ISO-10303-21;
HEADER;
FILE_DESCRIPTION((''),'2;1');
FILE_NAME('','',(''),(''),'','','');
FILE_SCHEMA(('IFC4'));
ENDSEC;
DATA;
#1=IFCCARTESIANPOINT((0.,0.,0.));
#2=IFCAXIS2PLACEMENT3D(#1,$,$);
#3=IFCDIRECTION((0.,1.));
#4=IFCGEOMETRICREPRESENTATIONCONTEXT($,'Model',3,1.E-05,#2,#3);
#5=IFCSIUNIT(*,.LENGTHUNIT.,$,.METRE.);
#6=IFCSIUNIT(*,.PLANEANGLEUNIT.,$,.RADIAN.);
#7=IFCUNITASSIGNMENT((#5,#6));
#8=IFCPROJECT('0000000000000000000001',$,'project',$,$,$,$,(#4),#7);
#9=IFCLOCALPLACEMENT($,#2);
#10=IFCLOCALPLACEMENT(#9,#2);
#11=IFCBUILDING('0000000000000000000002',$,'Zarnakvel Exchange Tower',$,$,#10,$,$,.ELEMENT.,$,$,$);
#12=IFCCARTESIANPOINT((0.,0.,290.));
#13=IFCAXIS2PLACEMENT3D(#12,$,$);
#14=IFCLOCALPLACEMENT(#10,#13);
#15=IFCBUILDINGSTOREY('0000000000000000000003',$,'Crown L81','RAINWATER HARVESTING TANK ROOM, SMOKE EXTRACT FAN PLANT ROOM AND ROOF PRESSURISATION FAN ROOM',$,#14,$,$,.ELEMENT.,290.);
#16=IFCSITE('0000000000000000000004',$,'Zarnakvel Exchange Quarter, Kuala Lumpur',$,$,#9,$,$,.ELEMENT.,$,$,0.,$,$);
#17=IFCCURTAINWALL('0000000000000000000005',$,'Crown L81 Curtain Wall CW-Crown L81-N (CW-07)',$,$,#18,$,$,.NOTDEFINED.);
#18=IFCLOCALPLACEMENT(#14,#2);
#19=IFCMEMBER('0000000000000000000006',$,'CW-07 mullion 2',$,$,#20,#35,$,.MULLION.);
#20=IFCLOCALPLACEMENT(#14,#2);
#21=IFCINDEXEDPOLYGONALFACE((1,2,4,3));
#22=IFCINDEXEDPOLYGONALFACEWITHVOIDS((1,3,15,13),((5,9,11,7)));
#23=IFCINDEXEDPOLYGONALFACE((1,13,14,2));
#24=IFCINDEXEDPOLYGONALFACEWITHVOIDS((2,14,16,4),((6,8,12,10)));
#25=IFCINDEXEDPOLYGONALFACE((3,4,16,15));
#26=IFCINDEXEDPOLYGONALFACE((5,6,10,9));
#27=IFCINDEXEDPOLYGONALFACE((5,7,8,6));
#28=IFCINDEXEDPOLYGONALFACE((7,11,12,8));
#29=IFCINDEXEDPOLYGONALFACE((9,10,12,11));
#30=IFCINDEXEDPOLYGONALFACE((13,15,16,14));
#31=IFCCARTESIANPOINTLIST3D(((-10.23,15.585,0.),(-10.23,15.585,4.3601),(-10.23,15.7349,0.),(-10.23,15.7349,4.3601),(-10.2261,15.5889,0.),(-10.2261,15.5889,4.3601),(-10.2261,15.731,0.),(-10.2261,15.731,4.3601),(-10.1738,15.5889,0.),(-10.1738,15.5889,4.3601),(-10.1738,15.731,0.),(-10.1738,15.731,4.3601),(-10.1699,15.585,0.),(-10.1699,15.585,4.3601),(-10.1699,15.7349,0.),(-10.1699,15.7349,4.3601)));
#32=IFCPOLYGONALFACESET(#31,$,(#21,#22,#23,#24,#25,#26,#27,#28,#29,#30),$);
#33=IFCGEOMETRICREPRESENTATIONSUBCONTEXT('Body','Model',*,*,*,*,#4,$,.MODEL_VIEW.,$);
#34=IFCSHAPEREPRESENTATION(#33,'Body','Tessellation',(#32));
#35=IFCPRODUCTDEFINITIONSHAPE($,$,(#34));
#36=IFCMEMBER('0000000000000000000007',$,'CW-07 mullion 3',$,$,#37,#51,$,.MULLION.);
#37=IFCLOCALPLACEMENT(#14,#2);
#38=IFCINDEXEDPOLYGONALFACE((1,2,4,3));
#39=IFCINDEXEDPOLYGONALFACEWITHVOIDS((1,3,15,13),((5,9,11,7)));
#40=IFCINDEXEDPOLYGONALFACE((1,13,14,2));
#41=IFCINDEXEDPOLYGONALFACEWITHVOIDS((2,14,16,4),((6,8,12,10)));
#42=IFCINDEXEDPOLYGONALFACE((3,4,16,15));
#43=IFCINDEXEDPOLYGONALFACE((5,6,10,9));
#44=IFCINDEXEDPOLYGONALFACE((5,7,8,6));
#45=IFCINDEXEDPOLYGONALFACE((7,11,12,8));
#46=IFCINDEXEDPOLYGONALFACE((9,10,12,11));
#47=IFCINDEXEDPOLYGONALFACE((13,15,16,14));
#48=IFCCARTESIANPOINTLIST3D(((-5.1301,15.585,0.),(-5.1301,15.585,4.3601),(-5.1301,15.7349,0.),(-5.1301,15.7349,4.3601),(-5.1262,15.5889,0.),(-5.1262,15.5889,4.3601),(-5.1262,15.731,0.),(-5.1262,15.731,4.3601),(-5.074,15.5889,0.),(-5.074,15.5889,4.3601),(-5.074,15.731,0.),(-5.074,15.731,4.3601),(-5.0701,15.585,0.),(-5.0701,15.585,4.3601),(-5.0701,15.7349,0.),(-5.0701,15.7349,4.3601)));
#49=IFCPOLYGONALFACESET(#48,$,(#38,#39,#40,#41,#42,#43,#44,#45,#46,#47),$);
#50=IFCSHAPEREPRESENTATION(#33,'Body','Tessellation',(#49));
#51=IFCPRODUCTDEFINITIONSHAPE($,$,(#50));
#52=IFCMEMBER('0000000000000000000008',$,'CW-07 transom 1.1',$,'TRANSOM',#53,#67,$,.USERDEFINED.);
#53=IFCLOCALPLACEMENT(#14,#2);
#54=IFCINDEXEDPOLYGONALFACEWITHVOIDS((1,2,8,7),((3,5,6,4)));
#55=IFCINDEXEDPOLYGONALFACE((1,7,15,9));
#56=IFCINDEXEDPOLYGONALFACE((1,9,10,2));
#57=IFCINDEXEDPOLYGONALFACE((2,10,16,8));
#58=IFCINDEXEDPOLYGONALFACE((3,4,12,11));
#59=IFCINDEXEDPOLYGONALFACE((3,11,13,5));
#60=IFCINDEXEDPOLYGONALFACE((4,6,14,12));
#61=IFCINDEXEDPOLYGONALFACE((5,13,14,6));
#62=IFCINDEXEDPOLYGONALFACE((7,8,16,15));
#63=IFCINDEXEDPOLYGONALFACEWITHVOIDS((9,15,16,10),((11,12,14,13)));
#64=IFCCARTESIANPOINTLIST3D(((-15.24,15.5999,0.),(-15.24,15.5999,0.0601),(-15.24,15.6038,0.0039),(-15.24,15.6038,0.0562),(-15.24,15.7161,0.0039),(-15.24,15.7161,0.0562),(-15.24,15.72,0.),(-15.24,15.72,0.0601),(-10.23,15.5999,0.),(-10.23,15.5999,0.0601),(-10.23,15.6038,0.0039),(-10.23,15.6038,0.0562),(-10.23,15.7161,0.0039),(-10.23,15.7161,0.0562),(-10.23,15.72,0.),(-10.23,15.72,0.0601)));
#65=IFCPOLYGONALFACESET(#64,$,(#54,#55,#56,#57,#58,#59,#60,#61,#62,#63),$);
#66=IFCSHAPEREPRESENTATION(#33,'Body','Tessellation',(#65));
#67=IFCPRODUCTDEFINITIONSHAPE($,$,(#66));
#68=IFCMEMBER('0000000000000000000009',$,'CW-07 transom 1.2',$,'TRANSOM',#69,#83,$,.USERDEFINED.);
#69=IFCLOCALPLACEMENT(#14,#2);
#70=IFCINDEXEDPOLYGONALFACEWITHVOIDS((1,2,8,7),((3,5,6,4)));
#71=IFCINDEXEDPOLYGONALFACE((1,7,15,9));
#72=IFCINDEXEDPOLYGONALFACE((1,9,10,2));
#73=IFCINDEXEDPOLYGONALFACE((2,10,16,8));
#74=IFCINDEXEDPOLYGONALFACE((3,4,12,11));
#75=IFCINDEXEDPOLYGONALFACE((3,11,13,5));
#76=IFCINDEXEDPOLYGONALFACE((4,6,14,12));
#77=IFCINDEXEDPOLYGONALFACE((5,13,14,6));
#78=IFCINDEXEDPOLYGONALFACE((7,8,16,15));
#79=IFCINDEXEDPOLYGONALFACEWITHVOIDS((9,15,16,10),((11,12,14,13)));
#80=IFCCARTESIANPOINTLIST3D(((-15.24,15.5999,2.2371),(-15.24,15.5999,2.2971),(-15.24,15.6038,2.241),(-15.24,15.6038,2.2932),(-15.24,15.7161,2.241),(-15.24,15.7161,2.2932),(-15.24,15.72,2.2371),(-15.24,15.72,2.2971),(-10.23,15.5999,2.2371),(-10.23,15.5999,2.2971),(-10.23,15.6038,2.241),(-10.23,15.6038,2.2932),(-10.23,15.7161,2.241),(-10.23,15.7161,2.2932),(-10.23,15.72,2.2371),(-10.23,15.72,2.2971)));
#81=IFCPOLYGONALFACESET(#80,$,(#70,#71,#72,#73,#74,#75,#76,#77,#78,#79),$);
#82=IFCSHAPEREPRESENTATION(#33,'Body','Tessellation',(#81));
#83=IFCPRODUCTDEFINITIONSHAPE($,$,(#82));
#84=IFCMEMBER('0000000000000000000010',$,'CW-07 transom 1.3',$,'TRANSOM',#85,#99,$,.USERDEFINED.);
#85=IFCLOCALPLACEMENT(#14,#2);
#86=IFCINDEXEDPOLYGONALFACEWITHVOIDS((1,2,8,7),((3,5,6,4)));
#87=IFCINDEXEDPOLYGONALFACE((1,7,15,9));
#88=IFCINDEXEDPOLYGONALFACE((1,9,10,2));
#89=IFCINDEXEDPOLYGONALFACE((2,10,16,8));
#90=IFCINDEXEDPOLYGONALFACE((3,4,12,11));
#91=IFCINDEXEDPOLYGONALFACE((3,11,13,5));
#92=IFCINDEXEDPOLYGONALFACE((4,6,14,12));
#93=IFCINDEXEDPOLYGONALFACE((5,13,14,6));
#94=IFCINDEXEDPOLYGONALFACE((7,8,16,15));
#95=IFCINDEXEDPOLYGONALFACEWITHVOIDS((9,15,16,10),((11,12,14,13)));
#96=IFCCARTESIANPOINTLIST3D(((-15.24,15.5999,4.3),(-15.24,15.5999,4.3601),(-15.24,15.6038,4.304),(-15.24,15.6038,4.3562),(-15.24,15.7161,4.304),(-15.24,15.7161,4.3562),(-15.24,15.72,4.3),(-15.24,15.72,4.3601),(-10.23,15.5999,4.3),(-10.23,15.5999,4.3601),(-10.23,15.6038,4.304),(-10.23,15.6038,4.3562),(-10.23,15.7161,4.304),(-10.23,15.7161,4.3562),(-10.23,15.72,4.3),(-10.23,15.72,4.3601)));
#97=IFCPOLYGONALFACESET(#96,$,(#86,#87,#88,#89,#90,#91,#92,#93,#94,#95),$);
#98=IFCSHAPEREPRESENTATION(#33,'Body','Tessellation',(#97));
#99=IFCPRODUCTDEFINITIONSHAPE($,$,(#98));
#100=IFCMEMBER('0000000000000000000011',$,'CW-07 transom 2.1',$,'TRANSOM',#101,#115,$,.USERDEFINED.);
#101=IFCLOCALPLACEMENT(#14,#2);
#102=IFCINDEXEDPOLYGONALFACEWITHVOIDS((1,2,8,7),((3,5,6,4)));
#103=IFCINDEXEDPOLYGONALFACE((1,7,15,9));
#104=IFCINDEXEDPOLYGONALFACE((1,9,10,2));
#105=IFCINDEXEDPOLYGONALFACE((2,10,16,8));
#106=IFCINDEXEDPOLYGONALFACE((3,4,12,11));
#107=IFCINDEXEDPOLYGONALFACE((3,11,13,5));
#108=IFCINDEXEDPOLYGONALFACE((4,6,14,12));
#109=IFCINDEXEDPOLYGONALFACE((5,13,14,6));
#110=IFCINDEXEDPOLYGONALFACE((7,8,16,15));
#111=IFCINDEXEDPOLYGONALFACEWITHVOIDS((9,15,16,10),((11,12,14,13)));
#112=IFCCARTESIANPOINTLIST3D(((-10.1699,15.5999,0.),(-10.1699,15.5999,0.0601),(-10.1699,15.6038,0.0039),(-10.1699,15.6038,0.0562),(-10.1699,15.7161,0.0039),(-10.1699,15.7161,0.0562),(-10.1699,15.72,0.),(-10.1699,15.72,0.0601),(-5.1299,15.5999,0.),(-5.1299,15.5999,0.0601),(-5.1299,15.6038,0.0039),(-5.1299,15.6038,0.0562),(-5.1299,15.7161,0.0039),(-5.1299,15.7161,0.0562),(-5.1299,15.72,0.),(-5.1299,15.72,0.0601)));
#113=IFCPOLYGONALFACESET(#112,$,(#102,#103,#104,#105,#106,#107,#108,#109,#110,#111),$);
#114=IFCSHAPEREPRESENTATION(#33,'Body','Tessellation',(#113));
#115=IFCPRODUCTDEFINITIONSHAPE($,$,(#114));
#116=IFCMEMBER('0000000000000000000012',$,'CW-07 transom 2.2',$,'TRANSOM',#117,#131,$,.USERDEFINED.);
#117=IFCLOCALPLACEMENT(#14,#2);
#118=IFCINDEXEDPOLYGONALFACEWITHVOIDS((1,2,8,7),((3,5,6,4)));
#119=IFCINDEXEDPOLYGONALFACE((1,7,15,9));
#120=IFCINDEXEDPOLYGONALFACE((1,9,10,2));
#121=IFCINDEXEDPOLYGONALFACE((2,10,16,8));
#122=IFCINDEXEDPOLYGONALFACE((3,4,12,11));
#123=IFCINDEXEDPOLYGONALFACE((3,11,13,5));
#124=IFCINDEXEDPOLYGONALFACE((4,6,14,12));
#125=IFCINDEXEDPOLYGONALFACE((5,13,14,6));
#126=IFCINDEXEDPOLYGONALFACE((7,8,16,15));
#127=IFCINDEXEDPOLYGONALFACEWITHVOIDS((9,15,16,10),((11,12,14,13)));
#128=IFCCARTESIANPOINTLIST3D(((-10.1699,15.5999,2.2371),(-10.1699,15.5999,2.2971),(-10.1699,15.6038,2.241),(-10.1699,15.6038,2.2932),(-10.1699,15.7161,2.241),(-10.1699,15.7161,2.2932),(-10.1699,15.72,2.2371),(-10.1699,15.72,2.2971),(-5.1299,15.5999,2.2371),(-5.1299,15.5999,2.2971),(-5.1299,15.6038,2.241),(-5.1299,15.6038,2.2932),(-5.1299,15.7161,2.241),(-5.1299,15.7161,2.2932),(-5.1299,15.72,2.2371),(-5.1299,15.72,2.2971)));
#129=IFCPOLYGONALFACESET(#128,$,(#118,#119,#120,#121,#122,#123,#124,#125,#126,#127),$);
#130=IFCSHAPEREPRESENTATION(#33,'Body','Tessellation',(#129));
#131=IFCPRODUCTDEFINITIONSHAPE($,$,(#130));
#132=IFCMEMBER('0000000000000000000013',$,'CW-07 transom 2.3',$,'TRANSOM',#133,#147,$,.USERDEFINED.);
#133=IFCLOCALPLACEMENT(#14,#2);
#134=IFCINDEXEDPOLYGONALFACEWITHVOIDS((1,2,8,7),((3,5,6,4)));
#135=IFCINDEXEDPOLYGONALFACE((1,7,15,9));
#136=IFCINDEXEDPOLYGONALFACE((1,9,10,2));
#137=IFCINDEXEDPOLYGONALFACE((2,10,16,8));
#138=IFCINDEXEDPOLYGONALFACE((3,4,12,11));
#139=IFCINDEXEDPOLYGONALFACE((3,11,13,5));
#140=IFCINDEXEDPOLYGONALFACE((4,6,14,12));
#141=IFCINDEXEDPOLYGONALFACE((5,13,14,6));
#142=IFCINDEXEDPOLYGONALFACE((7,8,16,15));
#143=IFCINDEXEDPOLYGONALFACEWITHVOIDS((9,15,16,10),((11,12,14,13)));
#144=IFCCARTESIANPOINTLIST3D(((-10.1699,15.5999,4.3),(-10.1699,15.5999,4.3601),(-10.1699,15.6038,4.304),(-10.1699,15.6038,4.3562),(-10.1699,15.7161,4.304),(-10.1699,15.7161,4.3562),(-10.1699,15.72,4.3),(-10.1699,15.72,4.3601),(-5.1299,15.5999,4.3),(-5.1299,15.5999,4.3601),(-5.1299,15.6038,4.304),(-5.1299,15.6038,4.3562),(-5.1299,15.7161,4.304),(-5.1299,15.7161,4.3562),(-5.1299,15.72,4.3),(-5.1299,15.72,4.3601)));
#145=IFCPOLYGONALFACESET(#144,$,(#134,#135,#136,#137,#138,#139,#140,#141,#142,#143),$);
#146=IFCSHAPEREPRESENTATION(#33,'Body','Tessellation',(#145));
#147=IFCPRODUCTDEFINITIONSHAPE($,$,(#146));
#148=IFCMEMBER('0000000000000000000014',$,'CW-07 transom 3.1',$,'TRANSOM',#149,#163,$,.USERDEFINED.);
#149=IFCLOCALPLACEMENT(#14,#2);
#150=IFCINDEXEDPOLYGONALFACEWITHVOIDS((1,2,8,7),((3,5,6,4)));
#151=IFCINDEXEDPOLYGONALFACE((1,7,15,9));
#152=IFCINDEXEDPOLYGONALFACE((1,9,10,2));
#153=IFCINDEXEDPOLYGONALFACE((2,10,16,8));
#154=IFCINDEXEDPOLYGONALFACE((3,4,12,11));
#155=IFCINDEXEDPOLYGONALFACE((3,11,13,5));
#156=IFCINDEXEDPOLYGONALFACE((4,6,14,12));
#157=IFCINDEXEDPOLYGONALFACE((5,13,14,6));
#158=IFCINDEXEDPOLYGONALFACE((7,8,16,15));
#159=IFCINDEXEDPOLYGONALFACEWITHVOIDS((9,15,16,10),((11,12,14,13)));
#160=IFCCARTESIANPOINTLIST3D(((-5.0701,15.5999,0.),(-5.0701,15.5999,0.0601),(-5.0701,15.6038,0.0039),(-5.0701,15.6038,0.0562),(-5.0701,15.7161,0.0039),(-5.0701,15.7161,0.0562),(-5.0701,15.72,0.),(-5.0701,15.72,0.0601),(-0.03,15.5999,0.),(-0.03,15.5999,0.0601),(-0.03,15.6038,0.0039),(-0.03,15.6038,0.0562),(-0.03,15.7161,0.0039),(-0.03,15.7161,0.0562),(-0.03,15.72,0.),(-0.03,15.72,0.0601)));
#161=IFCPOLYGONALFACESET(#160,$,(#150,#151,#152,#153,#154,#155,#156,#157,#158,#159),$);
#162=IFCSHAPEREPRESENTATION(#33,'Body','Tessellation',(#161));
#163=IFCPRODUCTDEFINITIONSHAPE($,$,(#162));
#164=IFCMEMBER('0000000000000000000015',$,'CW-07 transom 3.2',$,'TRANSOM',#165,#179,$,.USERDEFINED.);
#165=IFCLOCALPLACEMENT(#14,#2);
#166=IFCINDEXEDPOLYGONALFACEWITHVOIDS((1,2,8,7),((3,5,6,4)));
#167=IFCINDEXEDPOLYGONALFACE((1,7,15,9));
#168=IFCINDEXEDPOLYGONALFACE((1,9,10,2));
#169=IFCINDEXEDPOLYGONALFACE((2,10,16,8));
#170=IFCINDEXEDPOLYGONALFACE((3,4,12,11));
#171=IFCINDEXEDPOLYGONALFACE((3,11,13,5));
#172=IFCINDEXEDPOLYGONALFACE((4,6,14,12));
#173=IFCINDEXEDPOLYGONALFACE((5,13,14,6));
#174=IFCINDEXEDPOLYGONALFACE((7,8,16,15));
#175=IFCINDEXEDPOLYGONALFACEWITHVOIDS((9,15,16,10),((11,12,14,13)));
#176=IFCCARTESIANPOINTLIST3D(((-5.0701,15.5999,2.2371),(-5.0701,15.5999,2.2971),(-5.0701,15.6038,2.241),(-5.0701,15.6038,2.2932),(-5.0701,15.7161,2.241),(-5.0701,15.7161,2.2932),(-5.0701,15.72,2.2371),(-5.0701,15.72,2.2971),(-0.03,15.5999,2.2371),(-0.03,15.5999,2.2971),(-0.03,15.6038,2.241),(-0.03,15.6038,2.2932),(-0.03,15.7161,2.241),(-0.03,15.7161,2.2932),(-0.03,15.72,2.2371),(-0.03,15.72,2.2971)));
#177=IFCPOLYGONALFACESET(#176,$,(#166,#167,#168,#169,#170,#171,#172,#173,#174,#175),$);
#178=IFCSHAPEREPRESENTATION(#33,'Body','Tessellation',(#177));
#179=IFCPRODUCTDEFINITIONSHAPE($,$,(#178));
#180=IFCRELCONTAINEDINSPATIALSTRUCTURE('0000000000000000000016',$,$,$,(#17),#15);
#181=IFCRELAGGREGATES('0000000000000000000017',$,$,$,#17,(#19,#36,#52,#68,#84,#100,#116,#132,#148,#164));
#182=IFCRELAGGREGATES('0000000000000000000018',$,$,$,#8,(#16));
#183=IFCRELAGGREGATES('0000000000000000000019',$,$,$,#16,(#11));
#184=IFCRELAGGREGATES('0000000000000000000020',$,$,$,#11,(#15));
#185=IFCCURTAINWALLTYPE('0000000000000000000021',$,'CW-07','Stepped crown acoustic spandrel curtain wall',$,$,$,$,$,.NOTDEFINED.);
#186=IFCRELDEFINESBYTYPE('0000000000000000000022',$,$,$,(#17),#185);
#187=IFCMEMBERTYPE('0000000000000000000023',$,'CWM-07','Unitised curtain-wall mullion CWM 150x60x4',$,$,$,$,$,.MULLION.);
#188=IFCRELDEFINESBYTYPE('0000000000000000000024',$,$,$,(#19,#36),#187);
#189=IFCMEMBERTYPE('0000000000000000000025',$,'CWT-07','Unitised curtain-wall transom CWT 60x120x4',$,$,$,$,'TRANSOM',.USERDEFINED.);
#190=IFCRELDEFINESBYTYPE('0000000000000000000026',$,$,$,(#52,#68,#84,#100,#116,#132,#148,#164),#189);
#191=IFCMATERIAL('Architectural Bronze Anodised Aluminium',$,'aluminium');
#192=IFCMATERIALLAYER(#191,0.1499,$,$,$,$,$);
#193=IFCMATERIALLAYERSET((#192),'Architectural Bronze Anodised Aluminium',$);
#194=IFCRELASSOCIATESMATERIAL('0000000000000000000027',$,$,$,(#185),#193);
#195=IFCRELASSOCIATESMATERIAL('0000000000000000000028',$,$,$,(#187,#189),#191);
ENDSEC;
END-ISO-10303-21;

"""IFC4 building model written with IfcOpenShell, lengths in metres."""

from ifc_helpers import new_model, si_unit, direction, frame, origin, origin_2d, place, context, subcontext, project, spatial, hollow_rectangle, extrude, source, transform, mapped, material, layer, layer_set, material_profile, profile_set, type_object, element, aggregate, save


model = new_model("IFC4")

# Units and contexts
model_context = context("Model", 3, precision=1e-05, world=origin(), true_north=direction((0.0, 1.0)))
body_context = subcontext(model_context, "Body", "Model", "MODEL_VIEW")
ifc_project = project(units=[si_unit("LENGTHUNIT", "METRE"), si_unit("PLANEANGLEUNIT", "RADIAN")], contexts=[model_context])

# Site, building, storey
site_placement = place(None, origin())
site = spatial("IfcSite", under=ifc_project, at=site_placement, Name="Zarnakvel Exchange Quarter, Kuala Lumpur", CompositionType="ELEMENT", RefElevation=0.0)
building_placement = place(site_placement, origin())
building = spatial("IfcBuilding", under=site, at=building_placement, Name="Zarnakvel Exchange Tower", CompositionType="ELEMENT")
storey_placement = place(building_placement, frame((0.0, 0.0, 290.0)))
storey = spatial("IfcBuildingStorey", under=building, at=storey_placement, Name="Crown L81", Description="RAINWATER HARVESTING TANK ROOM, SMOKE EXTRACT FAN PLANT ROOM AND ROOF PRESSURISATION FAN ROOM", CompositionType="ELEMENT", Elevation=290.0)

# Curtain wall, members
ifc_material_1 = material(Name="Architectural Bronze Anodised Aluminium", Category="aluminium")
ifc_layer_1 = layer(ifc_material_1, 0.1499)
ifc_layer_set_1 = layer_set([ifc_layer_1], Name="Architectural Bronze Anodised Aluminium")
curtain_wall_type = type_object("IfcCurtainWallType", Name="CW-07", Description="Stepped crown acoustic spandrel curtain wall", PredefinedType="NOTDEFINED", material=ifc_layer_set_1)
curtain_wall_placement = place(storey_placement, origin())
curtain_wall = element("IfcCurtainWall", 1, at=curtain_wall_placement, inside=storey, type_object=curtain_wall_type, Name="Crown L81 Curtain Wall CW-Crown L81-N (CW-07)", PredefinedType="NOTDEFINED")
ifc_material_profile_1 = material_profile(ifc_material_1, hollow_rectangle(XDim=0.1499, YDim=0.0601, WallThickness=0.0039, at=origin_2d()))
ifc_profile_set_1 = profile_set([ifc_material_profile_1], Name="Architectural Bronze Anodised Aluminium")
member_type_1 = type_object("IfcMemberType", Name="CWM-07", Description="Unitised curtain-wall mullion CWM 150x60x4", PredefinedType="MULLION", material=ifc_profile_set_1)
shared_shape_1 = source(origin(), body_context, "Body", "SweptSolid", [
    extrude(hollow_rectangle(XDim=0.1499, YDim=0.0601, WallThickness=0.0039, at=origin_2d()), origin(), (0.0, 0.0, 1.0), 4.3601),
])
member_1_placement = place(storey_placement, frame((-10.2, 15.6599, 0.0), z_axis=(0.0, 0.0, 1.0), x_axis=(0.0, 1.0, 0.0)))
member_1 = element("IfcMember", 2, at=member_1_placement, type_object=member_type_1, Name="CW-07 mullion 2", PredefinedType="MULLION", context=body_context, shape_type="MappedRepresentation", body=[
    mapped(shared_shape_1, transform((0.0, 0.0, 0.0), x_axis=(1.0, 0.0, 0.0), y_axis=(0.0, 1.0, 0.0), z_axis=(0.0, 0.0, 1.0), scale=1.0)),
])
member_2_placement = place(storey_placement, frame((-5.1001, 15.6599, 0.0), z_axis=(0.0, 0.0, 1.0), x_axis=(0.0, 1.0, 0.0)))
member_2 = element("IfcMember", 3, at=member_2_placement, type_object=member_type_1, Name="CW-07 mullion 3", PredefinedType="MULLION", context=body_context, shape_type="MappedRepresentation", body=[
    mapped(shared_shape_1, transform((0.0, 0.0, 0.0), x_axis=(1.0, 0.0, 0.0), y_axis=(0.0, 1.0, 0.0), z_axis=(0.0, 0.0, 1.0), scale=1.0)),
])
ifc_material_profile_2 = material_profile(ifc_material_1, hollow_rectangle(XDim=0.1201, YDim=0.0601, WallThickness=0.0039, at=origin_2d()))
ifc_profile_set_2 = profile_set([ifc_material_profile_2], Name="Architectural Bronze Anodised Aluminium")
member_type_2 = type_object("IfcMemberType", Name="CWT-07", Description="Unitised curtain-wall transom CWT 60x120x4", ElementType="TRANSOM", PredefinedType="USERDEFINED", material=ifc_profile_set_2)
shared_shape_2 = source(origin(), body_context, "Body", "SweptSolid", [
    extrude(hollow_rectangle(XDim=0.1201, YDim=0.0601, WallThickness=0.0039, at=origin_2d()), origin(), (0.0, 0.0, 1.0), 5.01),
])
member_3_placement = place(storey_placement, frame((-15.24, 15.6599, 0.03), z_axis=(1.0, 0.0, 0.0), x_axis=(0.0, 1.0, 0.0)))
member_3 = element("IfcMember", 4, at=member_3_placement, type_object=member_type_2, Name="CW-07 transom 1.1", ObjectType="TRANSOM", PredefinedType="USERDEFINED", context=body_context, shape_type="MappedRepresentation", body=[
    mapped(shared_shape_2, transform((0.0, 0.0, 0.0), x_axis=(1.0, 0.0, 0.0), y_axis=(0.0, 1.0, 0.0), z_axis=(0.0, 0.0, 1.0), scale=1.0)),
])
member_4_placement = place(storey_placement, frame((-15.24, 15.6599, 2.2671), z_axis=(1.0, 0.0, 0.0), x_axis=(0.0, 1.0, 0.0)))
member_4 = element("IfcMember", 5, at=member_4_placement, type_object=member_type_2, Name="CW-07 transom 1.2", ObjectType="TRANSOM", PredefinedType="USERDEFINED", context=body_context, shape_type="MappedRepresentation", body=[
    mapped(shared_shape_2, transform((0.0, 0.0, 0.0), x_axis=(1.0, 0.0, 0.0), y_axis=(0.0, 1.0, 0.0), z_axis=(0.0, 0.0, 1.0), scale=1.0)),
])
member_5_placement = place(storey_placement, frame((-15.24, 15.6599, 4.3301), z_axis=(1.0, 0.0, 0.0), x_axis=(0.0, 1.0, 0.0)))
member_5 = element("IfcMember", 6, at=member_5_placement, type_object=member_type_2, Name="CW-07 transom 1.3", ObjectType="TRANSOM", PredefinedType="USERDEFINED", context=body_context, shape_type="MappedRepresentation", body=[
    mapped(shared_shape_2, transform((0.0, 0.0, 0.0), x_axis=(1.0, 0.0, 0.0), y_axis=(0.0, 1.0, 0.0), z_axis=(0.0, 0.0, 1.0), scale=1.0)),
])
shared_shape_3 = source(origin(), body_context, "Body", "SweptSolid", [
    extrude(hollow_rectangle(XDim=0.1201, YDim=0.0601, WallThickness=0.0039, at=origin_2d()), origin(), (0.0, 0.0, 1.0), 5.04),
])
member_6_placement = place(storey_placement, frame((-10.1699, 15.6599, 0.03), z_axis=(1.0, 0.0, 0.0), x_axis=(0.0, 1.0, 0.0)))
member_6 = element("IfcMember", 7, at=member_6_placement, type_object=member_type_2, Name="CW-07 transom 2.1", ObjectType="TRANSOM", PredefinedType="USERDEFINED", context=body_context, shape_type="MappedRepresentation", body=[
    mapped(shared_shape_3, transform((0.0, 0.0, 0.0), x_axis=(1.0, 0.0, 0.0), y_axis=(0.0, 1.0, 0.0), z_axis=(0.0, 0.0, 1.0), scale=1.0)),
])
member_7_placement = place(storey_placement, frame((-10.1699, 15.6599, 2.2671), z_axis=(1.0, 0.0, 0.0), x_axis=(0.0, 1.0, 0.0)))
member_7 = element("IfcMember", 8, at=member_7_placement, type_object=member_type_2, Name="CW-07 transom 2.2", ObjectType="TRANSOM", PredefinedType="USERDEFINED", context=body_context, shape_type="MappedRepresentation", body=[
    mapped(shared_shape_3, transform((0.0, 0.0, 0.0), x_axis=(1.0, 0.0, 0.0), y_axis=(0.0, 1.0, 0.0), z_axis=(0.0, 0.0, 1.0), scale=1.0)),
])
member_8_placement = place(storey_placement, frame((-10.1699, 15.6599, 4.3301), z_axis=(1.0, 0.0, 0.0), x_axis=(0.0, 1.0, 0.0)))
member_8 = element("IfcMember", 9, at=member_8_placement, type_object=member_type_2, Name="CW-07 transom 2.3", ObjectType="TRANSOM", PredefinedType="USERDEFINED", context=body_context, shape_type="MappedRepresentation", body=[
    mapped(shared_shape_3, transform((0.0, 0.0, 0.0), x_axis=(1.0, 0.0, 0.0), y_axis=(0.0, 1.0, 0.0), z_axis=(0.0, 0.0, 1.0), scale=1.0)),
])
member_9_placement = place(storey_placement, frame((-5.0701, 15.6599, 0.03), z_axis=(1.0, 0.0, 0.0), x_axis=(0.0, 1.0, 0.0)))
member_9 = element("IfcMember", 10, at=member_9_placement, type_object=member_type_2, Name="CW-07 transom 3.1", ObjectType="TRANSOM", PredefinedType="USERDEFINED", context=body_context, shape_type="MappedRepresentation", body=[
    mapped(shared_shape_3, transform((0.0, 0.0, 0.0), x_axis=(1.0, 0.0, 0.0), y_axis=(0.0, 1.0, 0.0), z_axis=(0.0, 0.0, 1.0), scale=1.0)),
])
member_10_placement = place(storey_placement, frame((-5.0701, 15.6599, 2.2671), z_axis=(1.0, 0.0, 0.0), x_axis=(0.0, 1.0, 0.0)))
member_10 = element("IfcMember", 11, at=member_10_placement, type_object=member_type_2, Name="CW-07 transom 3.2", ObjectType="TRANSOM", PredefinedType="USERDEFINED", context=body_context, shape_type="MappedRepresentation", body=[
    mapped(shared_shape_3, transform((0.0, 0.0, 0.0), x_axis=(1.0, 0.0, 0.0), y_axis=(0.0, 1.0, 0.0), z_axis=(0.0, 0.0, 1.0), scale=1.0)),
])

aggregate(curtain_wall, [member_1, member_2, member_3, member_4, member_5, member_6, member_7, member_8, member_9, member_10])

save(model, "model.ifc")
